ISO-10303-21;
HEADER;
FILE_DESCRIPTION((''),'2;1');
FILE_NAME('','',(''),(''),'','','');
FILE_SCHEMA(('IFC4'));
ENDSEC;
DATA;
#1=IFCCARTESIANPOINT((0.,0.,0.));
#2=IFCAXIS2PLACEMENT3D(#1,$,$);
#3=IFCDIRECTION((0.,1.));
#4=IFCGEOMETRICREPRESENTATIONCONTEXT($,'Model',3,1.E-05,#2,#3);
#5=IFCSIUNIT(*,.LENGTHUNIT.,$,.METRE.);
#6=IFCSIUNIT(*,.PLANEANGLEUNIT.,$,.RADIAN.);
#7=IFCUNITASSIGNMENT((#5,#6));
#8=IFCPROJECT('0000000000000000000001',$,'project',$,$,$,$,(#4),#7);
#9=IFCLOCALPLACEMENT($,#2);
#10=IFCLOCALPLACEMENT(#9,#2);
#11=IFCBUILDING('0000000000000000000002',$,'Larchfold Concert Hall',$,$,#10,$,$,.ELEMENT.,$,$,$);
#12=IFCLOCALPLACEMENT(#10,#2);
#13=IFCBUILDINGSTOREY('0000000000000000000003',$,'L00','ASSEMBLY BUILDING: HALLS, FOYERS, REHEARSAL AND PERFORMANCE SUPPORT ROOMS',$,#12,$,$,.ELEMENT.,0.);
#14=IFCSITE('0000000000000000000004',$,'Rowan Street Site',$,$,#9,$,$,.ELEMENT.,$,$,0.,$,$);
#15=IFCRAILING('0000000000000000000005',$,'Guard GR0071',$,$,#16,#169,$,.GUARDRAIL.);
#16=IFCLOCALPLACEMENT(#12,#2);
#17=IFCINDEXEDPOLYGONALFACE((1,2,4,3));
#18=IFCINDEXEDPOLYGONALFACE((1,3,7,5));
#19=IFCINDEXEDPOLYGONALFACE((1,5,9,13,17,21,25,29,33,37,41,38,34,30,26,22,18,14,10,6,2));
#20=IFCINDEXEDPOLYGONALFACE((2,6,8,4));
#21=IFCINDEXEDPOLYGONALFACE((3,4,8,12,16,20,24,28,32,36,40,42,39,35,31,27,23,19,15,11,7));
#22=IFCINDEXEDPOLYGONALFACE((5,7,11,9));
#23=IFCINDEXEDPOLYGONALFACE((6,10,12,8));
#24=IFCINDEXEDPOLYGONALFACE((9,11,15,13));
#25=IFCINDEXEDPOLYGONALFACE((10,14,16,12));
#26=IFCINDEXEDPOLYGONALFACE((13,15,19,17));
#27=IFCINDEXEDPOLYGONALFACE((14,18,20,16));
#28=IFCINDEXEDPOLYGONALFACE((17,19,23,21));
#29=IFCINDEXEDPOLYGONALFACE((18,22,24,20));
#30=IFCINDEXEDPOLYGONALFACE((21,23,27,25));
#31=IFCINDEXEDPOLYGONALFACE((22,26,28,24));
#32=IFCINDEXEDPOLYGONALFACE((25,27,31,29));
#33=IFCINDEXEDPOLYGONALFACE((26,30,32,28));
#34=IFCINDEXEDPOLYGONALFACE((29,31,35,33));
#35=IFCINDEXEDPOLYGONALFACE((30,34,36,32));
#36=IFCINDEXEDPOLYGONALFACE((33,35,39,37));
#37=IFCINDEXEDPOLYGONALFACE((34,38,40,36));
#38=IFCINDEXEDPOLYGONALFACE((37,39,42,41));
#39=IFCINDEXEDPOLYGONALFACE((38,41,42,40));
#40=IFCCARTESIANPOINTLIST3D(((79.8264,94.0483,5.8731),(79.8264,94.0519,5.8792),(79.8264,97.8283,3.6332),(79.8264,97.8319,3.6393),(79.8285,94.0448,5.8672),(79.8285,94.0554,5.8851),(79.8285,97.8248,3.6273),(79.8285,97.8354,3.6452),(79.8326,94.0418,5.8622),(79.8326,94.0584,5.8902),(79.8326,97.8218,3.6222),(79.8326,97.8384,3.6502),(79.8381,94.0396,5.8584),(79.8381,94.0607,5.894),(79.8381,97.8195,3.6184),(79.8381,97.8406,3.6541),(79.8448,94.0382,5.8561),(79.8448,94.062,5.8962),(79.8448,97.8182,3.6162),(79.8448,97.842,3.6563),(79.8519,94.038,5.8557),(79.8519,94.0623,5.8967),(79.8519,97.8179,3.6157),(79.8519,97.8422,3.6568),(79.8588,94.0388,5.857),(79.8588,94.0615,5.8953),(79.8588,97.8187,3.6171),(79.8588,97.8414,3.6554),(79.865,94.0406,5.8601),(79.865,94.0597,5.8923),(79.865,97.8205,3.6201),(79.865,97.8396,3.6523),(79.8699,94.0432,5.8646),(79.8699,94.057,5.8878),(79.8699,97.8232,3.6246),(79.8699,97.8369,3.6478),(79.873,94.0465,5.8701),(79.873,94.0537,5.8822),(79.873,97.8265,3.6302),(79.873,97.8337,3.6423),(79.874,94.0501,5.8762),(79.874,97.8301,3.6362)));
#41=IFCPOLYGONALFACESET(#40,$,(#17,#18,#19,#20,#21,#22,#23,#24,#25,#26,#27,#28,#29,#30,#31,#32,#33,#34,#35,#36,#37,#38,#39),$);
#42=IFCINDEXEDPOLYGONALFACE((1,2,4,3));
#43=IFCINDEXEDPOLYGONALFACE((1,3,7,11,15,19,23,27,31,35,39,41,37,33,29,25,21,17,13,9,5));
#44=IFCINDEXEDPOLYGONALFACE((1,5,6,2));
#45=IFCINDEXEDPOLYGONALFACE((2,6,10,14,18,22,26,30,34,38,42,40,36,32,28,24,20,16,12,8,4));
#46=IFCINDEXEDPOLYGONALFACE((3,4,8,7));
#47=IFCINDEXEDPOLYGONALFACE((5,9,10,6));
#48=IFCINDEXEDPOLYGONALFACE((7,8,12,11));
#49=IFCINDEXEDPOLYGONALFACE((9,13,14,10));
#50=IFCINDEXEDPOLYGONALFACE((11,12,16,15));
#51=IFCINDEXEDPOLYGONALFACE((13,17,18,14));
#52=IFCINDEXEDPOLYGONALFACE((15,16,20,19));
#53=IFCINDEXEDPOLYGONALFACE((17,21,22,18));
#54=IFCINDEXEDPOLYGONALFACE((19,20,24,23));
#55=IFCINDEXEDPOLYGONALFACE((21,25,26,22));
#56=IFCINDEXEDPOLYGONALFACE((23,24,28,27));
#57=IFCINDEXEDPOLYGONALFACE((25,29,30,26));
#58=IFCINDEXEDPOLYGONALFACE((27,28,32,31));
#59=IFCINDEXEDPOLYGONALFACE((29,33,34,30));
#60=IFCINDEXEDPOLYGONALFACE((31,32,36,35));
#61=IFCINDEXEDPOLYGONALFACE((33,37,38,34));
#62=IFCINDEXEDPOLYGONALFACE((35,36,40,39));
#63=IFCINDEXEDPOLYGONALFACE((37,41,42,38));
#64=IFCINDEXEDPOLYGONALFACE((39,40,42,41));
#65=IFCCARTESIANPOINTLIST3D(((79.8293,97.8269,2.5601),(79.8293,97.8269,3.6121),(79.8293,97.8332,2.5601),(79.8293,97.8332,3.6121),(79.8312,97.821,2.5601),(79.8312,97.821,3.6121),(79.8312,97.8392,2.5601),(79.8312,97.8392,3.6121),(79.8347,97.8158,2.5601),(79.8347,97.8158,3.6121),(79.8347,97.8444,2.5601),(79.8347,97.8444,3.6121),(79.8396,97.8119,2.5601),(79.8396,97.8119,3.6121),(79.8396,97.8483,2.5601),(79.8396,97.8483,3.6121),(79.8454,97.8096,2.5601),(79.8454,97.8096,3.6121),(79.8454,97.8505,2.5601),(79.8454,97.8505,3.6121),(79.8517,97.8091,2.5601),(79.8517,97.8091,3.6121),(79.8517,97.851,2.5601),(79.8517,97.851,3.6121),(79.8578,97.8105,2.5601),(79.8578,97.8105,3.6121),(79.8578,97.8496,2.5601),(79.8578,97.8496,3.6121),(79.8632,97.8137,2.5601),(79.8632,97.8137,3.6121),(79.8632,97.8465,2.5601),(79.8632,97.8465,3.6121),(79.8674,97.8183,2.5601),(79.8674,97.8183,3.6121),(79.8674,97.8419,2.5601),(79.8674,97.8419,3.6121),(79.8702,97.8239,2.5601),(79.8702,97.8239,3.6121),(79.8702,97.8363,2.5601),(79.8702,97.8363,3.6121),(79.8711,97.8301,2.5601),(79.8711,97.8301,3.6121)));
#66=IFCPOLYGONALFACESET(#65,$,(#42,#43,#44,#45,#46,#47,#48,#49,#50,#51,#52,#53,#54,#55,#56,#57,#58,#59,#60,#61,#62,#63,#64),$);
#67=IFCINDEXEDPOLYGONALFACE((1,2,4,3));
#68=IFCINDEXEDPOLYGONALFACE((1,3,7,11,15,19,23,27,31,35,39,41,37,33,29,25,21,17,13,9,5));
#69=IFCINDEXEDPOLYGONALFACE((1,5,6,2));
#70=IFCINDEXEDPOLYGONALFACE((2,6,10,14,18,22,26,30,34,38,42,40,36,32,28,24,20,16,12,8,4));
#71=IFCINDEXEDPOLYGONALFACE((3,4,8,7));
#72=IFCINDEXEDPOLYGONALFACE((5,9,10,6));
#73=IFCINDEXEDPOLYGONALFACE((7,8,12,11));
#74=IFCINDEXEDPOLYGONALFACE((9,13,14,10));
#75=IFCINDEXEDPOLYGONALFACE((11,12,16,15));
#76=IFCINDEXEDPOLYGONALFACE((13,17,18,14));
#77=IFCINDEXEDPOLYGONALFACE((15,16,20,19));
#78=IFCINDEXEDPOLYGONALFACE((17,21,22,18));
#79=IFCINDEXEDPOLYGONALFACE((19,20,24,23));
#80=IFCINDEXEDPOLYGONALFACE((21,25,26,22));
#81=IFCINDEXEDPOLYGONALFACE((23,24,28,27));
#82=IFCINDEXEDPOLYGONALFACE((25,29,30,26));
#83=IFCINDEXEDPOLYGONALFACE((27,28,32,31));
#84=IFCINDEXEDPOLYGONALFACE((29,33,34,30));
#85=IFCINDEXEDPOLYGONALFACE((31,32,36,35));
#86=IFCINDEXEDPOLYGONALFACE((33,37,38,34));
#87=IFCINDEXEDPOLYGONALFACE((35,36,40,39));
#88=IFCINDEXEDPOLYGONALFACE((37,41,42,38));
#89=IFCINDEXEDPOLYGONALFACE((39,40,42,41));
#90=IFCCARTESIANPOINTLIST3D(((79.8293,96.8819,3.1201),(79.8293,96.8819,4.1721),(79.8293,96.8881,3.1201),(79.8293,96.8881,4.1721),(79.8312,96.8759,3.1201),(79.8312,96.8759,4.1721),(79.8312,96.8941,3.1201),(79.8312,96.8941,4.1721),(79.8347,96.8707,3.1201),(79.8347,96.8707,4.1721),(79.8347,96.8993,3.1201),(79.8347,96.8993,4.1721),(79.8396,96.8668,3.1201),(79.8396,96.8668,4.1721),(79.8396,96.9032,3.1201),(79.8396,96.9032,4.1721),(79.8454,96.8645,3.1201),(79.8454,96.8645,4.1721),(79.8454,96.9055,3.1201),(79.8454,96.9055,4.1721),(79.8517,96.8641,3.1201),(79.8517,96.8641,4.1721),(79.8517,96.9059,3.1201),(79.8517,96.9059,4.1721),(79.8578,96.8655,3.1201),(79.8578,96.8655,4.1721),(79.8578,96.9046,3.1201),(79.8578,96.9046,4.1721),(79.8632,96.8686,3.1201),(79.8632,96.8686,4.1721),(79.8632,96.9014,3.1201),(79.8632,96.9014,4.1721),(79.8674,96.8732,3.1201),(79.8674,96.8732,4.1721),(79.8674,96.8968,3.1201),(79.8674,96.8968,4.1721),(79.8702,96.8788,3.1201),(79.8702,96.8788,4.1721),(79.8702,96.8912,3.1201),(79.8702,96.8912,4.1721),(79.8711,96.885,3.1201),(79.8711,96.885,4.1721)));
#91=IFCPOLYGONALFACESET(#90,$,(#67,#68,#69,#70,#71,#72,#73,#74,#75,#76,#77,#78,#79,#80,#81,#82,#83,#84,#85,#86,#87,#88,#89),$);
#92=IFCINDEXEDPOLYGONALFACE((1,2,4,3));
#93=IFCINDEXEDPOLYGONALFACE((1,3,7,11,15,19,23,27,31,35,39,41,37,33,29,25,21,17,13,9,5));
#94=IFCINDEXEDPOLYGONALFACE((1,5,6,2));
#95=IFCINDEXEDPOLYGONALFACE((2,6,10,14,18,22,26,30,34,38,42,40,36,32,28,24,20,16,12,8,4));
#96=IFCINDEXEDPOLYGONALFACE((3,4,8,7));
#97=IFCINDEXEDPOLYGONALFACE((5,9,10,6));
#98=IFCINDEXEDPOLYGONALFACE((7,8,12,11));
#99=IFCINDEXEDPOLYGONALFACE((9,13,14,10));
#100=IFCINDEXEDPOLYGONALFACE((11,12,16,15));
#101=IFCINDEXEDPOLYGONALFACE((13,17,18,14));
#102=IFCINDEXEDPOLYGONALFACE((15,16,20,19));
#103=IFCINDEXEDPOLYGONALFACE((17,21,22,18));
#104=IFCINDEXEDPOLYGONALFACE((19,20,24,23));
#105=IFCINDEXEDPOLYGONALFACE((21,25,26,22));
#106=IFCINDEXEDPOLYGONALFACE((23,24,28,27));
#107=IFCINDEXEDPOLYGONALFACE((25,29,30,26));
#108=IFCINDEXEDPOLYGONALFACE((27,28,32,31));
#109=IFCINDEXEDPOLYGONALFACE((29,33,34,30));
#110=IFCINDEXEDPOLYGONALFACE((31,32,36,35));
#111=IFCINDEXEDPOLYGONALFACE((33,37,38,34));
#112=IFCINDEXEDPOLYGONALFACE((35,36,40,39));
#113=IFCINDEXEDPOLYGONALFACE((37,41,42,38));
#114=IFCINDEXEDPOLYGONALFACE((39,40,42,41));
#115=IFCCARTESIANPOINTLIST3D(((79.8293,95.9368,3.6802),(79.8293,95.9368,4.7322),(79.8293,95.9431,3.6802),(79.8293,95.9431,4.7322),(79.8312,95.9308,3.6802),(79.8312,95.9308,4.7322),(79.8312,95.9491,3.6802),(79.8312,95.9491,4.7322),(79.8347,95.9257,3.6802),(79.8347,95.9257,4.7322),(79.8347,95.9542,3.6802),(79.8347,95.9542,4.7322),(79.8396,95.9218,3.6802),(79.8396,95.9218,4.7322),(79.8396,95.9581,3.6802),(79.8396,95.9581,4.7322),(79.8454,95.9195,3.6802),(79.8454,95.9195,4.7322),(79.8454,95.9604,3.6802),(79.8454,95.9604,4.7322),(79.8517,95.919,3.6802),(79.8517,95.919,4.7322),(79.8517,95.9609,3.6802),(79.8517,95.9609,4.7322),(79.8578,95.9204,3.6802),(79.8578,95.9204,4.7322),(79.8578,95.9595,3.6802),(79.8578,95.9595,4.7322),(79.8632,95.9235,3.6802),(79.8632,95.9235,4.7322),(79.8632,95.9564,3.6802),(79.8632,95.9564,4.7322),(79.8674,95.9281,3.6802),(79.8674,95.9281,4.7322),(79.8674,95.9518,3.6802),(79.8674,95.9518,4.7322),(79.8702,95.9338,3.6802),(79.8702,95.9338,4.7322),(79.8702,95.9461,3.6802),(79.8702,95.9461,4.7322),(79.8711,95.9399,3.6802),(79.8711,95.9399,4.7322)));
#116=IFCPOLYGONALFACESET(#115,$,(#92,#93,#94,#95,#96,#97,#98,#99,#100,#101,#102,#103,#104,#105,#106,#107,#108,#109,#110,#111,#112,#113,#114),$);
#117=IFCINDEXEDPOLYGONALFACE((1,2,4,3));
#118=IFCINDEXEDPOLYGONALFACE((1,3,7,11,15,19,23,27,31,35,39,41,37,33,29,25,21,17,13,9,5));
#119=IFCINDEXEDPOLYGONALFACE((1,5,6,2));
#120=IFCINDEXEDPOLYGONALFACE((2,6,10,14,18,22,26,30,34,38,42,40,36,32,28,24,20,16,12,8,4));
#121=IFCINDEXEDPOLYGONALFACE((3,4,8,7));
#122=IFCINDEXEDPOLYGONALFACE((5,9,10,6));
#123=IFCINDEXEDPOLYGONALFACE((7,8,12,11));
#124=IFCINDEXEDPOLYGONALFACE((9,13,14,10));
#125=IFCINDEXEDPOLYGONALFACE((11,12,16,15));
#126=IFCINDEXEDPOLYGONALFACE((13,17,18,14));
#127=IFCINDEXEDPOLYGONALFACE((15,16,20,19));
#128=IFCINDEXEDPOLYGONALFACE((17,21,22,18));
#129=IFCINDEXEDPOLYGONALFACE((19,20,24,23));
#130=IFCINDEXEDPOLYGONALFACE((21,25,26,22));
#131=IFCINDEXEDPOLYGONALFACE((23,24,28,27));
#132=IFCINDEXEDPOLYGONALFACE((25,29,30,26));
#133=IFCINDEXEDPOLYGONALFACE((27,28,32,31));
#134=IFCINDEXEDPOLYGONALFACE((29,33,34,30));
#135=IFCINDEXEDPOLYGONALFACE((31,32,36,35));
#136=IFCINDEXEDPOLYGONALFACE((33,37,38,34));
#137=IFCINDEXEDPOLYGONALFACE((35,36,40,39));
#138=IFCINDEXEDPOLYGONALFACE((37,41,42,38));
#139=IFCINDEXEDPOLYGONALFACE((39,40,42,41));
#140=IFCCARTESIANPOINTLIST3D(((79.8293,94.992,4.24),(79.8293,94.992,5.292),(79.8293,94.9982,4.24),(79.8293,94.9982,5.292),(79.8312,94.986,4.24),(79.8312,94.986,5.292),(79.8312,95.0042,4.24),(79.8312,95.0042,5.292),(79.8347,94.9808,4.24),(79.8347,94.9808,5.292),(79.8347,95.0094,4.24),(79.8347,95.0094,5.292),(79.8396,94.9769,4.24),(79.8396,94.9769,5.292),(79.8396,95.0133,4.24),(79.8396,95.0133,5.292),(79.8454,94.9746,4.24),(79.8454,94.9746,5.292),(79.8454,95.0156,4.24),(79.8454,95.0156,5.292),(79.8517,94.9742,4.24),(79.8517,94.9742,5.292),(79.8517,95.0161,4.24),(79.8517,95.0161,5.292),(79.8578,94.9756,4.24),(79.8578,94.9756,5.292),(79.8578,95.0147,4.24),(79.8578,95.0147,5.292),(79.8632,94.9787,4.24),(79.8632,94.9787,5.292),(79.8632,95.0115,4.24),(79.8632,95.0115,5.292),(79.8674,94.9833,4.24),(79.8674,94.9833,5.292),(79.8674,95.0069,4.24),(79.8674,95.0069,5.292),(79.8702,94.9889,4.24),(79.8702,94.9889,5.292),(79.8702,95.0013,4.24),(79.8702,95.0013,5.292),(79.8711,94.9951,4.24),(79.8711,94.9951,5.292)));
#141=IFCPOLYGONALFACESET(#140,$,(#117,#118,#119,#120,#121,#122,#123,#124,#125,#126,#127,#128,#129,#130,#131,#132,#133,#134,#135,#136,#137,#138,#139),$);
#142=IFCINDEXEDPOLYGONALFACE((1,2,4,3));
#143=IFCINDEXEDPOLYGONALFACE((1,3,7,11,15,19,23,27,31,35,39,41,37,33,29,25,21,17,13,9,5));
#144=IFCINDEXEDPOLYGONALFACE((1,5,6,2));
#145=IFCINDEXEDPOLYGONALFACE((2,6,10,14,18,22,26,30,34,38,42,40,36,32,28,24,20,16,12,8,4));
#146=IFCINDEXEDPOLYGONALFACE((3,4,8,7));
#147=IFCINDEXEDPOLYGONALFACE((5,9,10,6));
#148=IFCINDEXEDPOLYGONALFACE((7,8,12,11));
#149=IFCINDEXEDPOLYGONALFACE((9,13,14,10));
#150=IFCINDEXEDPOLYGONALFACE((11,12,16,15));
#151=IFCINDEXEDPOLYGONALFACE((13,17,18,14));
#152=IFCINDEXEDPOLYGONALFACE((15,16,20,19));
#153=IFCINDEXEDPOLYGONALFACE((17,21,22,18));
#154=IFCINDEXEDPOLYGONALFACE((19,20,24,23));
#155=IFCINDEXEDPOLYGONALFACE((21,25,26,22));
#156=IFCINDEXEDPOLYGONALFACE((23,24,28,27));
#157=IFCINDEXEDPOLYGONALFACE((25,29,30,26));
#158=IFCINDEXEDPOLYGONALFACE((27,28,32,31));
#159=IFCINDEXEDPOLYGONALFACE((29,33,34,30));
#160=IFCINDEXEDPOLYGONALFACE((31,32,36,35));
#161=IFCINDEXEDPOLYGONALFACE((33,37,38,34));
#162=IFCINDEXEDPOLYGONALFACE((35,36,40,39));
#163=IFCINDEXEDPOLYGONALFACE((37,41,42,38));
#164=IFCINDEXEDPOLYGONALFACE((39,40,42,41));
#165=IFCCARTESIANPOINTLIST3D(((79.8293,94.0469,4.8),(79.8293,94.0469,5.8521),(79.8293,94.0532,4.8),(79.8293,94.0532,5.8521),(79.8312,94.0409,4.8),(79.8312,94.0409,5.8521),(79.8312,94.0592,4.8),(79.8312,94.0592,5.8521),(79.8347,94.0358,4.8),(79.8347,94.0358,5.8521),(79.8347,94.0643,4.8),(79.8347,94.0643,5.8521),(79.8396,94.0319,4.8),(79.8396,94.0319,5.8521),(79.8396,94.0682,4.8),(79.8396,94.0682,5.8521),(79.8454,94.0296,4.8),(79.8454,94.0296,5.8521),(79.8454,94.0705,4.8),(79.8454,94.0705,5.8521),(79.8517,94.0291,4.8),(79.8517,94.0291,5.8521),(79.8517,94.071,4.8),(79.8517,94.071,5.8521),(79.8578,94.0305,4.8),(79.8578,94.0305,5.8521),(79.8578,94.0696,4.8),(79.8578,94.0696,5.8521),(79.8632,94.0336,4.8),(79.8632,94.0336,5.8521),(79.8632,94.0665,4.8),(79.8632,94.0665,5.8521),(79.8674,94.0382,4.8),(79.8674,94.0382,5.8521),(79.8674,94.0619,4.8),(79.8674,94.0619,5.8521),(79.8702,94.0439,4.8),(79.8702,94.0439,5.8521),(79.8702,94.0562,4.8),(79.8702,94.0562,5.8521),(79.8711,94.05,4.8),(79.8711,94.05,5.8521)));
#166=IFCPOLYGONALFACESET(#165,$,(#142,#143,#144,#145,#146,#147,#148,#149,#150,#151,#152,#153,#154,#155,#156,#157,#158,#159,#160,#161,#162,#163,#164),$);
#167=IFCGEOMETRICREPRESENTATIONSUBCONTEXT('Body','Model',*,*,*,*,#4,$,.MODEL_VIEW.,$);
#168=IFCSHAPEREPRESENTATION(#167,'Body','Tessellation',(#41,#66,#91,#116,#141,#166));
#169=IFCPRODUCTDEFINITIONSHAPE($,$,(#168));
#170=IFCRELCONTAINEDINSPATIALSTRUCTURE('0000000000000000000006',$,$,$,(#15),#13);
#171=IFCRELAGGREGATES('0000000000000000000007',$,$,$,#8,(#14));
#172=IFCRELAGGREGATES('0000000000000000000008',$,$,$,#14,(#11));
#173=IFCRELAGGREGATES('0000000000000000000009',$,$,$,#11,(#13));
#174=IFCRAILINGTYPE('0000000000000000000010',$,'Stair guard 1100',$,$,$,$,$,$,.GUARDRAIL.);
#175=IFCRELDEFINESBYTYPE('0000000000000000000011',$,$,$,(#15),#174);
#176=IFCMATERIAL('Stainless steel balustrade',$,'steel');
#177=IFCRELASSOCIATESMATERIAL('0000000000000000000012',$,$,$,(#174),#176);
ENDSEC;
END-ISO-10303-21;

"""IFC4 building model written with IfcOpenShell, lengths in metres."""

from ifc_helpers import new_model, si_unit, direction, frame, origin, origin_2d, place, context, subcontext, project, spatial, circle, extrude, material, type_object, element, save


model = new_model("IFC4")

# Units and contexts
model_context = context("Model", 3, precision=1e-05, world=origin(), true_north=direction((0.0, 1.0)))
body_context = subcontext(model_context, "Body", "Model", "MODEL_VIEW")
ifc_project = project(units=[si_unit("LENGTHUNIT", "METRE"), si_unit("PLANEANGLEUNIT", "RADIAN")], contexts=[model_context])

# Site, building, storey
site_placement = place(None, origin())
site = spatial("IfcSite", under=ifc_project, at=site_placement, Name="Rowan Street Site", CompositionType="ELEMENT", RefElevation=0.0)
building_placement = place(site_placement, origin())
building = spatial("IfcBuilding", under=site, at=building_placement, Name="Larchfold Concert Hall", CompositionType="ELEMENT")
storey_placement = place(building_placement, origin())
storey = spatial("IfcBuildingStorey", under=building, at=storey_placement, Name="L00", Description="ASSEMBLY BUILDING: HALLS, FOYERS, REHEARSAL AND PERFORMANCE SUPPORT ROOMS", CompositionType="ELEMENT", Elevation=0.0)

# Railing
ifc_material_1 = material(Name="Stainless steel balustrade", Category="steel")
railing_type_1 = type_object("IfcRailingType", Name="Stair guard 1100", PredefinedType="GUARDRAIL", material=ifc_material_1)
railing_1_placement = place(storey_placement, frame((79.8501, 97.8301, 2.5601)))
element("IfcRailing", 1, at=railing_1_placement, inside=storey, type_object=railing_type_1, Name="Guard GR0071", PredefinedType="GUARDRAIL", context=body_context, shape_type="SweptSolid", body=[
    extrude(circle(Radius=0.0239, at=origin_2d()), frame((0.0, 0.0, 1.0762), z_axis=(0.0, -0.860294, 0.509798), x_axis=(1.0, 0.0, 0.0)), (0.0, 0.0, 1.0), 4.3938),
    extrude(circle(Radius=0.021, at=origin_2d()), origin(), (0.0, 0.0, 1.0), 1.052),
    extrude(circle(Radius=0.021, at=origin_2d()), frame((0.0, -0.9451, 0.5601)), (0.0, 0.0, 1.0), 1.052),
    extrude(circle(Radius=0.021, at=origin_2d()), frame((0.0, -1.8901, 1.1201)), (0.0, 0.0, 1.0), 1.052),
    extrude(circle(Radius=0.021, at=origin_2d()), frame((0.0, -2.835, 1.6799)), (0.0, 0.0, 1.0), 1.052),
    extrude(circle(Radius=0.021, at=origin_2d()), frame((0.0, -3.78, 2.24)), (0.0, 0.0, 1.0), 1.052),
])

save(model, "model.ifc")
